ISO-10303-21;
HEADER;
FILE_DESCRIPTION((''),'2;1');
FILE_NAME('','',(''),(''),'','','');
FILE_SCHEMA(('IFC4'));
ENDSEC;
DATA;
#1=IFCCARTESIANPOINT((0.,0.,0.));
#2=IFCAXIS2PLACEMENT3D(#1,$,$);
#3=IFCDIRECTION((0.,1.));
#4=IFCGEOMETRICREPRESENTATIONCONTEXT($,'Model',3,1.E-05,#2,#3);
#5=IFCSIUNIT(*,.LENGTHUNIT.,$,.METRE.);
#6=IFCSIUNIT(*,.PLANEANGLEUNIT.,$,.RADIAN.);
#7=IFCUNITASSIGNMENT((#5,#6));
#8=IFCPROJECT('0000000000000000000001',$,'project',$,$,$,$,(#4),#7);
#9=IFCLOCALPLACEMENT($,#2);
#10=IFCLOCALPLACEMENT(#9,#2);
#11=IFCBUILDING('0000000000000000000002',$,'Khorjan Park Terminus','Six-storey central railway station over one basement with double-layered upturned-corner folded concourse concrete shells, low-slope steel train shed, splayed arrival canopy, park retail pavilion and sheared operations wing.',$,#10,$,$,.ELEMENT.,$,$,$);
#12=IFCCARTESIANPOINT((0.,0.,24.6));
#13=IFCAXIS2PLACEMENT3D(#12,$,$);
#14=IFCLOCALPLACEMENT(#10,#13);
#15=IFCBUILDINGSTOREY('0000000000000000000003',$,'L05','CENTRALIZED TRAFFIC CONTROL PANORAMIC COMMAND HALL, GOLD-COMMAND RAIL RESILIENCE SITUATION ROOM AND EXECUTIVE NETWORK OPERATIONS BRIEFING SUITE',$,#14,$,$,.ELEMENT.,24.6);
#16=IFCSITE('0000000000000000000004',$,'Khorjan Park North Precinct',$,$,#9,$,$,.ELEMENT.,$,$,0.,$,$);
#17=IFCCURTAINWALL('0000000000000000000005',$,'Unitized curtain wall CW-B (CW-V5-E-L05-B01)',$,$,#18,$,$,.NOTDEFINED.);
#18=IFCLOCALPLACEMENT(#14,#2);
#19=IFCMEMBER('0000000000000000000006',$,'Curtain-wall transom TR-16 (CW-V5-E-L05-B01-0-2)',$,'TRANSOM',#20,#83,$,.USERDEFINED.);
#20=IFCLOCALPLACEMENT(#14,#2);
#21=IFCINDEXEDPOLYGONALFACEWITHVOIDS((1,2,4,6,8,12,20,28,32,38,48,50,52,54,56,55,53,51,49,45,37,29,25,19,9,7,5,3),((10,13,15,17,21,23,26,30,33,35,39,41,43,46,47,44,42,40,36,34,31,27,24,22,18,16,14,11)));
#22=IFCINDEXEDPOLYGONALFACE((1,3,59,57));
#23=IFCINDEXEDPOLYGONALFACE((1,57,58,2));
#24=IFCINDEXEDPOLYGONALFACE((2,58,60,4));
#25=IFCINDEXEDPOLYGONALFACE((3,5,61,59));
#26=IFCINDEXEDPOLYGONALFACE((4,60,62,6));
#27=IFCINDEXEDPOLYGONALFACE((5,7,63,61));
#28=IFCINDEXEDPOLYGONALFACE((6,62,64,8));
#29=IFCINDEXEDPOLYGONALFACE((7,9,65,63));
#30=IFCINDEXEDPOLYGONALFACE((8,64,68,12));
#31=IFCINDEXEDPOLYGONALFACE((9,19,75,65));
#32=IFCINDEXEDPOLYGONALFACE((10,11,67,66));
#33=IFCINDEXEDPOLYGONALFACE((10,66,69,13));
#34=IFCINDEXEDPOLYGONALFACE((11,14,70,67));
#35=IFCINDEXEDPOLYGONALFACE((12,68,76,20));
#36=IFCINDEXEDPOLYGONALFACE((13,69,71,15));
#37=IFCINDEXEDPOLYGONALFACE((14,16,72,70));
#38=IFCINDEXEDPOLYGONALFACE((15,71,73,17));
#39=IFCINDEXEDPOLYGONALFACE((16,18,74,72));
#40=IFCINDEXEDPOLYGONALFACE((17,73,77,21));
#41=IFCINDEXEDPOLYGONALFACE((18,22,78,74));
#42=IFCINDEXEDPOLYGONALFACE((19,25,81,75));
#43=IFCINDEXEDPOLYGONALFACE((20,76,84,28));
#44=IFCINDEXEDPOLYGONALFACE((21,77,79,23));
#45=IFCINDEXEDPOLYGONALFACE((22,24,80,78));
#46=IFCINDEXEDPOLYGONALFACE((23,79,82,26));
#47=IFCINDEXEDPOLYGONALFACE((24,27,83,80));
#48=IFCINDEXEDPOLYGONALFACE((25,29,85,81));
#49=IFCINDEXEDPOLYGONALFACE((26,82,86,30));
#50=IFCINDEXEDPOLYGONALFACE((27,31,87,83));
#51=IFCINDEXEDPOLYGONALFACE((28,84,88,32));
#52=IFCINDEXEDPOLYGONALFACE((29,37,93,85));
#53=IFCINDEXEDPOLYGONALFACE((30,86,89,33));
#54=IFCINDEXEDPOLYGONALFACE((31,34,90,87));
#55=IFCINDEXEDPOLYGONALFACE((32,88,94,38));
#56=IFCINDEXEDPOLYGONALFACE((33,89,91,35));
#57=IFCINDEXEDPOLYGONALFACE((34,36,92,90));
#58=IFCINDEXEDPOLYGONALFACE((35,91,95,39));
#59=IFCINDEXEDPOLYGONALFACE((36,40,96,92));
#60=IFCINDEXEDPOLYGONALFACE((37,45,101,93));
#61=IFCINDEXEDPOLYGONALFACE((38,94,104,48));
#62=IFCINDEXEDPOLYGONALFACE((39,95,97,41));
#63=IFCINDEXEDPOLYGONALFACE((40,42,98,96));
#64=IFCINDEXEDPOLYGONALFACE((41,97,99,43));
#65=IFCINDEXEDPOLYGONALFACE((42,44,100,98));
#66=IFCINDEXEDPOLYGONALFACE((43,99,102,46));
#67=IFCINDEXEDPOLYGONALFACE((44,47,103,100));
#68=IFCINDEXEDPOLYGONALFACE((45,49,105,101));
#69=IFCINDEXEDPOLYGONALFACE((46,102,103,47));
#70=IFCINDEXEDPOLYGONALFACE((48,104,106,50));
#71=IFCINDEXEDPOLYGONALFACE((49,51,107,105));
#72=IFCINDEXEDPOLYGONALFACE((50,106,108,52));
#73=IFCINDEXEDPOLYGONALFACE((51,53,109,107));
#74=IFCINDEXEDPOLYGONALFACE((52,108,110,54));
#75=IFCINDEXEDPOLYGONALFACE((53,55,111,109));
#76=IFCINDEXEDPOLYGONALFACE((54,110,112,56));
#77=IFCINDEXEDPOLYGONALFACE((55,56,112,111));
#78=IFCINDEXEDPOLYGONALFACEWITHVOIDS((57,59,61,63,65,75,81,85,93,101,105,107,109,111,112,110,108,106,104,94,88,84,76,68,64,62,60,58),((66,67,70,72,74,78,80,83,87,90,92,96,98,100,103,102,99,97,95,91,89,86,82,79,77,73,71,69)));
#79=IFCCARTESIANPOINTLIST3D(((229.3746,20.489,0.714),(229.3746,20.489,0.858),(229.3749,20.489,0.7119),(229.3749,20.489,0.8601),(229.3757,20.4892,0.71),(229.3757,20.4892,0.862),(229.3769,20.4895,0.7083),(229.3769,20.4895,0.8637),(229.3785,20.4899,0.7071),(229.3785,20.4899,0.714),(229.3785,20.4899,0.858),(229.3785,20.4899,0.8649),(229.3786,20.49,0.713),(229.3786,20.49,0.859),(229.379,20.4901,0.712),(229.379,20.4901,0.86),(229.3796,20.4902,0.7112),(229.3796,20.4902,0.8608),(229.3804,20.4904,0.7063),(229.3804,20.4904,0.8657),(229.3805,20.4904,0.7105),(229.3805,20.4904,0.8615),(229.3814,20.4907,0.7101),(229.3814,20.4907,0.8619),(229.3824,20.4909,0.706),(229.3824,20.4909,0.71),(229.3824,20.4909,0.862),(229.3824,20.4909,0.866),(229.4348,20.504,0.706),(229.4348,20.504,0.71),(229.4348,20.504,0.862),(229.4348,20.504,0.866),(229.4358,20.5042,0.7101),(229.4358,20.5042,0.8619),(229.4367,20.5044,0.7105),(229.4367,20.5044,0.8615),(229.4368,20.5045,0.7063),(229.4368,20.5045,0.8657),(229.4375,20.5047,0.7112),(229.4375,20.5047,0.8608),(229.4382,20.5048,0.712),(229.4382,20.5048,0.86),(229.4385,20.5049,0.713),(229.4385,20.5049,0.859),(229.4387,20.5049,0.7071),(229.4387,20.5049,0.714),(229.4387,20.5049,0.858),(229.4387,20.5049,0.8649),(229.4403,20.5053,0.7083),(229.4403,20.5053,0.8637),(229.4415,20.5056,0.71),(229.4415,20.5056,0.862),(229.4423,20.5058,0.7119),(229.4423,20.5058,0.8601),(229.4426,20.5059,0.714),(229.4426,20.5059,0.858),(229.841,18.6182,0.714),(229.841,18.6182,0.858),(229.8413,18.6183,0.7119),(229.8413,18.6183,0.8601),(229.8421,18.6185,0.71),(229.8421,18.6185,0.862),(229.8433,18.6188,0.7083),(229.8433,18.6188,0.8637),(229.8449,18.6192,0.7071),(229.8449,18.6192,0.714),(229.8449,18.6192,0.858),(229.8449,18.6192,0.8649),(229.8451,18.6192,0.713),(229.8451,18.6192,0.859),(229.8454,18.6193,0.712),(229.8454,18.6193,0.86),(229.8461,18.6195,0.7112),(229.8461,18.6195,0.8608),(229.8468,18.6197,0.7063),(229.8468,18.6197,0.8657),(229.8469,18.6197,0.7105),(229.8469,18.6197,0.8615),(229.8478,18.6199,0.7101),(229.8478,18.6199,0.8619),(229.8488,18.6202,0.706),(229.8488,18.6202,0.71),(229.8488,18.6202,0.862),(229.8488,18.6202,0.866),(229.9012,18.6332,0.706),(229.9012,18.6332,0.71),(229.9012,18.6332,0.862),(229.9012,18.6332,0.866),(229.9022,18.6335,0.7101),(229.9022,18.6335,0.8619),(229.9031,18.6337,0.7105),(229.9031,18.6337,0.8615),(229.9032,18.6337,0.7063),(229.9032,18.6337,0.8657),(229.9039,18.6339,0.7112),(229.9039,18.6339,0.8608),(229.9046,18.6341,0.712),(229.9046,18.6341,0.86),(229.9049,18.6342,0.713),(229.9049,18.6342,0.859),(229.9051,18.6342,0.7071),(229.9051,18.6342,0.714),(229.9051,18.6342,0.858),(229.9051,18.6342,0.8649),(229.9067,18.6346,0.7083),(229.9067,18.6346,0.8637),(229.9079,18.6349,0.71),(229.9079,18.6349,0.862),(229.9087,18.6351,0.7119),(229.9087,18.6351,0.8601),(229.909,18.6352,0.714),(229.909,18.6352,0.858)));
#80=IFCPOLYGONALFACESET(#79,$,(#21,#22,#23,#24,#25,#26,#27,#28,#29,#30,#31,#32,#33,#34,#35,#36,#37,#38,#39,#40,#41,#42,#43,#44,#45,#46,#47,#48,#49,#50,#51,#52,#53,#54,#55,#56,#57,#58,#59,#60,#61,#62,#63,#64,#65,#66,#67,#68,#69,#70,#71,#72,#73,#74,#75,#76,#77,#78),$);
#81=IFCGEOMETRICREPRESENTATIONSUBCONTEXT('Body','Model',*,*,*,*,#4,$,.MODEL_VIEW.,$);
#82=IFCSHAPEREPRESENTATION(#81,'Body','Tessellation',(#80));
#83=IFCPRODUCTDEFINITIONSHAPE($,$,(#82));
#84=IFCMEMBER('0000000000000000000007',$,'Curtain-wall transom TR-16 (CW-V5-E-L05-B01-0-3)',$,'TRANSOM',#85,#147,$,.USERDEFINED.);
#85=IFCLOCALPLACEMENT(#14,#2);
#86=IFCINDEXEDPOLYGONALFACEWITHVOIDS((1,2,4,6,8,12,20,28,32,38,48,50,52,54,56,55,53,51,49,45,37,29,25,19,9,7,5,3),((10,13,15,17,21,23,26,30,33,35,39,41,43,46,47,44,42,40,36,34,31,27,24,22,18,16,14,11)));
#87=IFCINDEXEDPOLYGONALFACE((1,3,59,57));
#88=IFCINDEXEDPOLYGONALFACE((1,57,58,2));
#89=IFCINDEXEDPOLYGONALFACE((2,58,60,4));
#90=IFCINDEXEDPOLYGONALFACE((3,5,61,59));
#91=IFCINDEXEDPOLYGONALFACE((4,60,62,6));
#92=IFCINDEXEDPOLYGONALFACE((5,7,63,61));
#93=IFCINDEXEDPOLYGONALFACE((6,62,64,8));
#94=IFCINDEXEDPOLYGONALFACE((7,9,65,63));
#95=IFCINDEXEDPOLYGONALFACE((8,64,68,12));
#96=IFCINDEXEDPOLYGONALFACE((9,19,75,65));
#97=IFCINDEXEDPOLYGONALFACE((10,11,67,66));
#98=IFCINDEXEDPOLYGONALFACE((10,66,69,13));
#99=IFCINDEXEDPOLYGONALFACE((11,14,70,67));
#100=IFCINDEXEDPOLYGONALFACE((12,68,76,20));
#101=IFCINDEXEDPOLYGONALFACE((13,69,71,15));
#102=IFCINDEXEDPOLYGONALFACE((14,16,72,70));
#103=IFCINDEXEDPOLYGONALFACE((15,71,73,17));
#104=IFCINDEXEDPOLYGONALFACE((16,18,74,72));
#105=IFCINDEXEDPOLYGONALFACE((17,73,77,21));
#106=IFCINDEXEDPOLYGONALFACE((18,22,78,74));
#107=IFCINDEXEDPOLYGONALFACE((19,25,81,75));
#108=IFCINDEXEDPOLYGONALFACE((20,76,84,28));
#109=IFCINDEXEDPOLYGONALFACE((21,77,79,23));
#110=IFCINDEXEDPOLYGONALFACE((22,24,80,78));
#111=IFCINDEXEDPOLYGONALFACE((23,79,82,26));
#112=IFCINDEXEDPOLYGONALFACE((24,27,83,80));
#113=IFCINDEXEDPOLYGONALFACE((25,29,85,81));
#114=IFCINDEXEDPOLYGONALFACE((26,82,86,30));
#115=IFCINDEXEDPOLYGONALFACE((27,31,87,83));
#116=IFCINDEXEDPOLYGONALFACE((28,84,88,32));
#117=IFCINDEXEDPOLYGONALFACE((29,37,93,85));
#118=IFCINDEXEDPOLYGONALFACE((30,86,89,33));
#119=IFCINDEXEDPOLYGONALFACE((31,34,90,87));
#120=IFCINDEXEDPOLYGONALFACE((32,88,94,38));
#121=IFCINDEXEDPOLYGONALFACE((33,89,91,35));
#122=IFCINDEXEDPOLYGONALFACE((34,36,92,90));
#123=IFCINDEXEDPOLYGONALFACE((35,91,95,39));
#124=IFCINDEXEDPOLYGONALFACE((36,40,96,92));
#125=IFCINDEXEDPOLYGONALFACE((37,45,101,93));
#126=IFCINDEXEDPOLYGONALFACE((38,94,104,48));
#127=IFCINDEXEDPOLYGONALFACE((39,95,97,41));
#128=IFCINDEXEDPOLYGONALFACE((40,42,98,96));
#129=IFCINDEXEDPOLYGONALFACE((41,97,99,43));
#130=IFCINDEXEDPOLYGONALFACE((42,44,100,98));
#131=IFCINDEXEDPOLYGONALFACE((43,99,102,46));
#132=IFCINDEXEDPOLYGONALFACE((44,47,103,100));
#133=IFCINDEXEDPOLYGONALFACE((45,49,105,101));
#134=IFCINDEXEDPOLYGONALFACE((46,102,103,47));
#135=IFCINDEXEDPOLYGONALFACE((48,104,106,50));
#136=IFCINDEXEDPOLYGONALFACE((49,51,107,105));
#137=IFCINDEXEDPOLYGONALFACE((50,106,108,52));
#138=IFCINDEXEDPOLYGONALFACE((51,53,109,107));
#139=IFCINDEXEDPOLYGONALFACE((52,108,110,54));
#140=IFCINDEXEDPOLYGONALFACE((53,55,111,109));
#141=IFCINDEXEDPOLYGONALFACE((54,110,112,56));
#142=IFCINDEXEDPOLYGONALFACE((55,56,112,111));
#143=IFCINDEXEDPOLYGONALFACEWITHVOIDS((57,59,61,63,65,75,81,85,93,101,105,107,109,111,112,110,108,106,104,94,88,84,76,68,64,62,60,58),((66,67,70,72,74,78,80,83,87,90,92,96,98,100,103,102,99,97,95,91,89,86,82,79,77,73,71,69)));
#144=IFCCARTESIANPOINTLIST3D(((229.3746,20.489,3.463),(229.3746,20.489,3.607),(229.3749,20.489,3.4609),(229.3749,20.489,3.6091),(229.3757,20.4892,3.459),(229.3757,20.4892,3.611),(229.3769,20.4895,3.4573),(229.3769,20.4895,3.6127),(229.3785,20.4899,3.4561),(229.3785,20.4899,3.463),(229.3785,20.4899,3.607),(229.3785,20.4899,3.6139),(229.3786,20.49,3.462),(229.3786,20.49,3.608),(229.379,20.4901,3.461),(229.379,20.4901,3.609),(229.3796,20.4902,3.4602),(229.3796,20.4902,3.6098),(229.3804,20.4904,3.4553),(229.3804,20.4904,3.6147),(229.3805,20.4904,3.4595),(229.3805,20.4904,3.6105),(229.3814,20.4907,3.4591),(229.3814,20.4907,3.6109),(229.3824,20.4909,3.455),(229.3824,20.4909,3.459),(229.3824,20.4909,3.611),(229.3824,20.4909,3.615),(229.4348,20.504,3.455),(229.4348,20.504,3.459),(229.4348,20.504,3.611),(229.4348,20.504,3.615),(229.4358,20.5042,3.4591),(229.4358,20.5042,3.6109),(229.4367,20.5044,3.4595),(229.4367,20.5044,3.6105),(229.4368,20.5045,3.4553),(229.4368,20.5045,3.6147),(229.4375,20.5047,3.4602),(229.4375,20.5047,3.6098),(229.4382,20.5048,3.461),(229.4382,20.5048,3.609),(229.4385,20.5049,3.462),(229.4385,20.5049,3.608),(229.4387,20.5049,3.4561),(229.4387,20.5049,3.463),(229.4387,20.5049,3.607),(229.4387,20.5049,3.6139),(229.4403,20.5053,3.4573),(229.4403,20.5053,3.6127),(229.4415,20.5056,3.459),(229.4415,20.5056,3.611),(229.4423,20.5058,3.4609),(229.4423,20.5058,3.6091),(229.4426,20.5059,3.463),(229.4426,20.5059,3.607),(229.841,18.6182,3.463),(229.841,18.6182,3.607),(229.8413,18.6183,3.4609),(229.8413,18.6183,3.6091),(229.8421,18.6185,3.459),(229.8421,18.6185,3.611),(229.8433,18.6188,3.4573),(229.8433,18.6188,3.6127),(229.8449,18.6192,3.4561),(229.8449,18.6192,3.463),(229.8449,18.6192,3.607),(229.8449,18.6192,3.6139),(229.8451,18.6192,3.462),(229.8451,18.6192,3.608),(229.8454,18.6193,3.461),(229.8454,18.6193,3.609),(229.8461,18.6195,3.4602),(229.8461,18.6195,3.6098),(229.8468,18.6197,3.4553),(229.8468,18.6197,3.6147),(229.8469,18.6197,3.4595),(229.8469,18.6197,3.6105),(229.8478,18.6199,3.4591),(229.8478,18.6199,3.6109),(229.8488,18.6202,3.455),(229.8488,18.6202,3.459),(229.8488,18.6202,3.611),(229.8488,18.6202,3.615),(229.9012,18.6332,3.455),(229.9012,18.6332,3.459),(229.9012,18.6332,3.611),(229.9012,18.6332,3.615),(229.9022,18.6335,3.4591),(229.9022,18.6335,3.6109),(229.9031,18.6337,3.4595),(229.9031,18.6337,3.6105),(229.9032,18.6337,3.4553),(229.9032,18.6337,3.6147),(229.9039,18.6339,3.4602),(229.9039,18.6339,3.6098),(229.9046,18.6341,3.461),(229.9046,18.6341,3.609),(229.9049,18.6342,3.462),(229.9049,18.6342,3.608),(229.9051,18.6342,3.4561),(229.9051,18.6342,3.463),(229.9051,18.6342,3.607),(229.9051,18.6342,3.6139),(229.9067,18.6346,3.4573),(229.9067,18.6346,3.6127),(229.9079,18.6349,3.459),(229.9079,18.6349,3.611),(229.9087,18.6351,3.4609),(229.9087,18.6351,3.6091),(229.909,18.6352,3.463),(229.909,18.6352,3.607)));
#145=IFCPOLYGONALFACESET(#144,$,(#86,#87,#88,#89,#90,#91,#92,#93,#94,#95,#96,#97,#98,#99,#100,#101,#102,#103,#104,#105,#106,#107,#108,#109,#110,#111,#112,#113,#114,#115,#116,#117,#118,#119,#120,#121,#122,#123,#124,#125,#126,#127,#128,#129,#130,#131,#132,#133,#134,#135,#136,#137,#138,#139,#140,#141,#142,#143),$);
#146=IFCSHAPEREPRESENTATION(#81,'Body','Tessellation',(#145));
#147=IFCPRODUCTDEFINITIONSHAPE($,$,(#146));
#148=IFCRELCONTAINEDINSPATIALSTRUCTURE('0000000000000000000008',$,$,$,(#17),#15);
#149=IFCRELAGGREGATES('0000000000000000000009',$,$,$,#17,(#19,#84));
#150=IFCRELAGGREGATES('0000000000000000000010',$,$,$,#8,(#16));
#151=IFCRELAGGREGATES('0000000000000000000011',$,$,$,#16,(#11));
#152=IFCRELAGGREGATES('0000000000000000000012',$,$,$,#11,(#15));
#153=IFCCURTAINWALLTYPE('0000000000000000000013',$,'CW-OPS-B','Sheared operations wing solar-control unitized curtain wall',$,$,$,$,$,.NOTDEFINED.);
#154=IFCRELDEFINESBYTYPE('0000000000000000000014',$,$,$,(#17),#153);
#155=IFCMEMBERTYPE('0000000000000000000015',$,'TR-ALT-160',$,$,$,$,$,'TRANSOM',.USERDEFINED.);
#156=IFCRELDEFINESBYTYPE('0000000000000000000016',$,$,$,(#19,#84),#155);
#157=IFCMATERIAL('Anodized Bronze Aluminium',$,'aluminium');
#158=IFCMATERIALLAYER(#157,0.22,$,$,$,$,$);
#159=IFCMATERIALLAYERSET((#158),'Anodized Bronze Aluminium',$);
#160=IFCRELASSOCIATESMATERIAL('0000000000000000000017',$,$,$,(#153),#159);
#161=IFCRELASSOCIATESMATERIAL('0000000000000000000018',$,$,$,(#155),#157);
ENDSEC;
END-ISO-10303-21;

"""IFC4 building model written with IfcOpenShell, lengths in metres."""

from ifc_helpers import new_model, si_unit, direction, frame, origin, origin_2d, place, context, subcontext, project, spatial, hollow_rectangle, extrude, material, layer, layer_set, material_profile, profile_set, type_object, element, aggregate, save


model = new_model("IFC4")

# Units and contexts
model_context = context("Model", 3, precision=1e-05, world=origin(), true_north=direction((0.0, 1.0)))
body_context = subcontext(model_context, "Body", "Model", "MODEL_VIEW")
ifc_project = project(units=[si_unit("LENGTHUNIT", "METRE"), si_unit("PLANEANGLEUNIT", "RADIAN")], contexts=[model_context])

# Site, building, storey
site_placement = place(None, origin())
site = spatial("IfcSite", under=ifc_project, at=site_placement, Name="Khorjan Park North Precinct", CompositionType="ELEMENT", RefElevation=0.0)
building_placement = place(site_placement, origin())
building = spatial("IfcBuilding", under=site, at=building_placement, Name="Khorjan Park Terminus", Description="Six-storey central railway station over one basement with double-layered upturned-corner folded concourse concrete shells, low-slope steel train shed, splayed arrival canopy, park retail pavilion and sheared operations wing.", CompositionType="ELEMENT")
storey_placement = place(building_placement, frame((0.0, 0.0, 24.6)))
storey = spatial("IfcBuildingStorey", under=building, at=storey_placement, Name="L05", Description="CENTRALIZED TRAFFIC CONTROL PANORAMIC COMMAND HALL, GOLD-COMMAND RAIL RESILIENCE SITUATION ROOM AND EXECUTIVE NETWORK OPERATIONS BRIEFING SUITE", CompositionType="ELEMENT", Elevation=24.6)

# Curtain wall, members
ifc_material_1 = material(Name="Anodized Bronze Aluminium", Category="aluminium")
ifc_layer_1 = layer(ifc_material_1, 0.22)
ifc_layer_set_1 = layer_set([ifc_layer_1], Name="Anodized Bronze Aluminium")
curtain_wall_type = type_object("IfcCurtainWallType", Name="CW-OPS-B", Description="Sheared operations wing solar-control unitized curtain wall", PredefinedType="NOTDEFINED", material=ifc_layer_set_1)
curtain_wall_placement = place(storey_placement, origin())
curtain_wall = element("IfcCurtainWall", 1, at=curtain_wall_placement, inside=storey, type_object=curtain_wall_type, Name="Unitized curtain wall CW-B (CW-V5-E-L05-B01)", PredefinedType="NOTDEFINED")
ifc_material_profile_1 = material_profile(ifc_material_1, hollow_rectangle(XDim=0.07, YDim=0.16, WallThickness=0.004, InnerFilletRadius=0.004, OuterFilletRadius=0.008, at=origin_2d()), Name="ALT 70x160x4")
ifc_profile_set_1 = profile_set([ifc_material_profile_1], Name="Anodized Bronze Aluminium")
member_type_1 = type_object("IfcMemberType", Name="TR-ALT-160", ElementType="TRANSOM", PredefinedType="USERDEFINED", material=ifc_profile_set_1)
member_1_placement = place(storey_placement, frame((229.875, 18.6267, 0.786), z_axis=(-0.241913, 0.970298, 0.0), x_axis=(-0.970298, -0.241913, 0.0)))
member_1 = element("IfcMember", 2, at=member_1_placement, type_object=member_type_1, Name="Curtain-wall transom TR-16 (CW-V5-E-L05-B01-0-2)", ObjectType="TRANSOM", PredefinedType="USERDEFINED", context=body_context, shape_type="SweptSolid", body=[
    extrude(hollow_rectangle(XDim=0.07, YDim=0.16, WallThickness=0.004, InnerFilletRadius=0.004, OuterFilletRadius=0.008, at=origin_2d()), origin(), (0.0, 0.0, 1.0), 1.928),
])
member_2_placement = place(storey_placement, frame((229.875, 18.6267, 3.535), z_axis=(-0.241913, 0.970298, 0.0), x_axis=(-0.970298, -0.241913, 0.0)))
member_2 = element("IfcMember", 3, at=member_2_placement, type_object=member_type_1, Name="Curtain-wall transom TR-16 (CW-V5-E-L05-B01-0-3)", ObjectType="TRANSOM", PredefinedType="USERDEFINED", context=body_context, shape_type="SweptSolid", body=[
    extrude(hollow_rectangle(XDim=0.07, YDim=0.16, WallThickness=0.004, InnerFilletRadius=0.004, OuterFilletRadius=0.008, at=origin_2d()), origin(), (0.0, 0.0, 1.0), 1.928),
])
aggregate(curtain_wall, [member_1, member_2])

save(model, "model.ifc")
